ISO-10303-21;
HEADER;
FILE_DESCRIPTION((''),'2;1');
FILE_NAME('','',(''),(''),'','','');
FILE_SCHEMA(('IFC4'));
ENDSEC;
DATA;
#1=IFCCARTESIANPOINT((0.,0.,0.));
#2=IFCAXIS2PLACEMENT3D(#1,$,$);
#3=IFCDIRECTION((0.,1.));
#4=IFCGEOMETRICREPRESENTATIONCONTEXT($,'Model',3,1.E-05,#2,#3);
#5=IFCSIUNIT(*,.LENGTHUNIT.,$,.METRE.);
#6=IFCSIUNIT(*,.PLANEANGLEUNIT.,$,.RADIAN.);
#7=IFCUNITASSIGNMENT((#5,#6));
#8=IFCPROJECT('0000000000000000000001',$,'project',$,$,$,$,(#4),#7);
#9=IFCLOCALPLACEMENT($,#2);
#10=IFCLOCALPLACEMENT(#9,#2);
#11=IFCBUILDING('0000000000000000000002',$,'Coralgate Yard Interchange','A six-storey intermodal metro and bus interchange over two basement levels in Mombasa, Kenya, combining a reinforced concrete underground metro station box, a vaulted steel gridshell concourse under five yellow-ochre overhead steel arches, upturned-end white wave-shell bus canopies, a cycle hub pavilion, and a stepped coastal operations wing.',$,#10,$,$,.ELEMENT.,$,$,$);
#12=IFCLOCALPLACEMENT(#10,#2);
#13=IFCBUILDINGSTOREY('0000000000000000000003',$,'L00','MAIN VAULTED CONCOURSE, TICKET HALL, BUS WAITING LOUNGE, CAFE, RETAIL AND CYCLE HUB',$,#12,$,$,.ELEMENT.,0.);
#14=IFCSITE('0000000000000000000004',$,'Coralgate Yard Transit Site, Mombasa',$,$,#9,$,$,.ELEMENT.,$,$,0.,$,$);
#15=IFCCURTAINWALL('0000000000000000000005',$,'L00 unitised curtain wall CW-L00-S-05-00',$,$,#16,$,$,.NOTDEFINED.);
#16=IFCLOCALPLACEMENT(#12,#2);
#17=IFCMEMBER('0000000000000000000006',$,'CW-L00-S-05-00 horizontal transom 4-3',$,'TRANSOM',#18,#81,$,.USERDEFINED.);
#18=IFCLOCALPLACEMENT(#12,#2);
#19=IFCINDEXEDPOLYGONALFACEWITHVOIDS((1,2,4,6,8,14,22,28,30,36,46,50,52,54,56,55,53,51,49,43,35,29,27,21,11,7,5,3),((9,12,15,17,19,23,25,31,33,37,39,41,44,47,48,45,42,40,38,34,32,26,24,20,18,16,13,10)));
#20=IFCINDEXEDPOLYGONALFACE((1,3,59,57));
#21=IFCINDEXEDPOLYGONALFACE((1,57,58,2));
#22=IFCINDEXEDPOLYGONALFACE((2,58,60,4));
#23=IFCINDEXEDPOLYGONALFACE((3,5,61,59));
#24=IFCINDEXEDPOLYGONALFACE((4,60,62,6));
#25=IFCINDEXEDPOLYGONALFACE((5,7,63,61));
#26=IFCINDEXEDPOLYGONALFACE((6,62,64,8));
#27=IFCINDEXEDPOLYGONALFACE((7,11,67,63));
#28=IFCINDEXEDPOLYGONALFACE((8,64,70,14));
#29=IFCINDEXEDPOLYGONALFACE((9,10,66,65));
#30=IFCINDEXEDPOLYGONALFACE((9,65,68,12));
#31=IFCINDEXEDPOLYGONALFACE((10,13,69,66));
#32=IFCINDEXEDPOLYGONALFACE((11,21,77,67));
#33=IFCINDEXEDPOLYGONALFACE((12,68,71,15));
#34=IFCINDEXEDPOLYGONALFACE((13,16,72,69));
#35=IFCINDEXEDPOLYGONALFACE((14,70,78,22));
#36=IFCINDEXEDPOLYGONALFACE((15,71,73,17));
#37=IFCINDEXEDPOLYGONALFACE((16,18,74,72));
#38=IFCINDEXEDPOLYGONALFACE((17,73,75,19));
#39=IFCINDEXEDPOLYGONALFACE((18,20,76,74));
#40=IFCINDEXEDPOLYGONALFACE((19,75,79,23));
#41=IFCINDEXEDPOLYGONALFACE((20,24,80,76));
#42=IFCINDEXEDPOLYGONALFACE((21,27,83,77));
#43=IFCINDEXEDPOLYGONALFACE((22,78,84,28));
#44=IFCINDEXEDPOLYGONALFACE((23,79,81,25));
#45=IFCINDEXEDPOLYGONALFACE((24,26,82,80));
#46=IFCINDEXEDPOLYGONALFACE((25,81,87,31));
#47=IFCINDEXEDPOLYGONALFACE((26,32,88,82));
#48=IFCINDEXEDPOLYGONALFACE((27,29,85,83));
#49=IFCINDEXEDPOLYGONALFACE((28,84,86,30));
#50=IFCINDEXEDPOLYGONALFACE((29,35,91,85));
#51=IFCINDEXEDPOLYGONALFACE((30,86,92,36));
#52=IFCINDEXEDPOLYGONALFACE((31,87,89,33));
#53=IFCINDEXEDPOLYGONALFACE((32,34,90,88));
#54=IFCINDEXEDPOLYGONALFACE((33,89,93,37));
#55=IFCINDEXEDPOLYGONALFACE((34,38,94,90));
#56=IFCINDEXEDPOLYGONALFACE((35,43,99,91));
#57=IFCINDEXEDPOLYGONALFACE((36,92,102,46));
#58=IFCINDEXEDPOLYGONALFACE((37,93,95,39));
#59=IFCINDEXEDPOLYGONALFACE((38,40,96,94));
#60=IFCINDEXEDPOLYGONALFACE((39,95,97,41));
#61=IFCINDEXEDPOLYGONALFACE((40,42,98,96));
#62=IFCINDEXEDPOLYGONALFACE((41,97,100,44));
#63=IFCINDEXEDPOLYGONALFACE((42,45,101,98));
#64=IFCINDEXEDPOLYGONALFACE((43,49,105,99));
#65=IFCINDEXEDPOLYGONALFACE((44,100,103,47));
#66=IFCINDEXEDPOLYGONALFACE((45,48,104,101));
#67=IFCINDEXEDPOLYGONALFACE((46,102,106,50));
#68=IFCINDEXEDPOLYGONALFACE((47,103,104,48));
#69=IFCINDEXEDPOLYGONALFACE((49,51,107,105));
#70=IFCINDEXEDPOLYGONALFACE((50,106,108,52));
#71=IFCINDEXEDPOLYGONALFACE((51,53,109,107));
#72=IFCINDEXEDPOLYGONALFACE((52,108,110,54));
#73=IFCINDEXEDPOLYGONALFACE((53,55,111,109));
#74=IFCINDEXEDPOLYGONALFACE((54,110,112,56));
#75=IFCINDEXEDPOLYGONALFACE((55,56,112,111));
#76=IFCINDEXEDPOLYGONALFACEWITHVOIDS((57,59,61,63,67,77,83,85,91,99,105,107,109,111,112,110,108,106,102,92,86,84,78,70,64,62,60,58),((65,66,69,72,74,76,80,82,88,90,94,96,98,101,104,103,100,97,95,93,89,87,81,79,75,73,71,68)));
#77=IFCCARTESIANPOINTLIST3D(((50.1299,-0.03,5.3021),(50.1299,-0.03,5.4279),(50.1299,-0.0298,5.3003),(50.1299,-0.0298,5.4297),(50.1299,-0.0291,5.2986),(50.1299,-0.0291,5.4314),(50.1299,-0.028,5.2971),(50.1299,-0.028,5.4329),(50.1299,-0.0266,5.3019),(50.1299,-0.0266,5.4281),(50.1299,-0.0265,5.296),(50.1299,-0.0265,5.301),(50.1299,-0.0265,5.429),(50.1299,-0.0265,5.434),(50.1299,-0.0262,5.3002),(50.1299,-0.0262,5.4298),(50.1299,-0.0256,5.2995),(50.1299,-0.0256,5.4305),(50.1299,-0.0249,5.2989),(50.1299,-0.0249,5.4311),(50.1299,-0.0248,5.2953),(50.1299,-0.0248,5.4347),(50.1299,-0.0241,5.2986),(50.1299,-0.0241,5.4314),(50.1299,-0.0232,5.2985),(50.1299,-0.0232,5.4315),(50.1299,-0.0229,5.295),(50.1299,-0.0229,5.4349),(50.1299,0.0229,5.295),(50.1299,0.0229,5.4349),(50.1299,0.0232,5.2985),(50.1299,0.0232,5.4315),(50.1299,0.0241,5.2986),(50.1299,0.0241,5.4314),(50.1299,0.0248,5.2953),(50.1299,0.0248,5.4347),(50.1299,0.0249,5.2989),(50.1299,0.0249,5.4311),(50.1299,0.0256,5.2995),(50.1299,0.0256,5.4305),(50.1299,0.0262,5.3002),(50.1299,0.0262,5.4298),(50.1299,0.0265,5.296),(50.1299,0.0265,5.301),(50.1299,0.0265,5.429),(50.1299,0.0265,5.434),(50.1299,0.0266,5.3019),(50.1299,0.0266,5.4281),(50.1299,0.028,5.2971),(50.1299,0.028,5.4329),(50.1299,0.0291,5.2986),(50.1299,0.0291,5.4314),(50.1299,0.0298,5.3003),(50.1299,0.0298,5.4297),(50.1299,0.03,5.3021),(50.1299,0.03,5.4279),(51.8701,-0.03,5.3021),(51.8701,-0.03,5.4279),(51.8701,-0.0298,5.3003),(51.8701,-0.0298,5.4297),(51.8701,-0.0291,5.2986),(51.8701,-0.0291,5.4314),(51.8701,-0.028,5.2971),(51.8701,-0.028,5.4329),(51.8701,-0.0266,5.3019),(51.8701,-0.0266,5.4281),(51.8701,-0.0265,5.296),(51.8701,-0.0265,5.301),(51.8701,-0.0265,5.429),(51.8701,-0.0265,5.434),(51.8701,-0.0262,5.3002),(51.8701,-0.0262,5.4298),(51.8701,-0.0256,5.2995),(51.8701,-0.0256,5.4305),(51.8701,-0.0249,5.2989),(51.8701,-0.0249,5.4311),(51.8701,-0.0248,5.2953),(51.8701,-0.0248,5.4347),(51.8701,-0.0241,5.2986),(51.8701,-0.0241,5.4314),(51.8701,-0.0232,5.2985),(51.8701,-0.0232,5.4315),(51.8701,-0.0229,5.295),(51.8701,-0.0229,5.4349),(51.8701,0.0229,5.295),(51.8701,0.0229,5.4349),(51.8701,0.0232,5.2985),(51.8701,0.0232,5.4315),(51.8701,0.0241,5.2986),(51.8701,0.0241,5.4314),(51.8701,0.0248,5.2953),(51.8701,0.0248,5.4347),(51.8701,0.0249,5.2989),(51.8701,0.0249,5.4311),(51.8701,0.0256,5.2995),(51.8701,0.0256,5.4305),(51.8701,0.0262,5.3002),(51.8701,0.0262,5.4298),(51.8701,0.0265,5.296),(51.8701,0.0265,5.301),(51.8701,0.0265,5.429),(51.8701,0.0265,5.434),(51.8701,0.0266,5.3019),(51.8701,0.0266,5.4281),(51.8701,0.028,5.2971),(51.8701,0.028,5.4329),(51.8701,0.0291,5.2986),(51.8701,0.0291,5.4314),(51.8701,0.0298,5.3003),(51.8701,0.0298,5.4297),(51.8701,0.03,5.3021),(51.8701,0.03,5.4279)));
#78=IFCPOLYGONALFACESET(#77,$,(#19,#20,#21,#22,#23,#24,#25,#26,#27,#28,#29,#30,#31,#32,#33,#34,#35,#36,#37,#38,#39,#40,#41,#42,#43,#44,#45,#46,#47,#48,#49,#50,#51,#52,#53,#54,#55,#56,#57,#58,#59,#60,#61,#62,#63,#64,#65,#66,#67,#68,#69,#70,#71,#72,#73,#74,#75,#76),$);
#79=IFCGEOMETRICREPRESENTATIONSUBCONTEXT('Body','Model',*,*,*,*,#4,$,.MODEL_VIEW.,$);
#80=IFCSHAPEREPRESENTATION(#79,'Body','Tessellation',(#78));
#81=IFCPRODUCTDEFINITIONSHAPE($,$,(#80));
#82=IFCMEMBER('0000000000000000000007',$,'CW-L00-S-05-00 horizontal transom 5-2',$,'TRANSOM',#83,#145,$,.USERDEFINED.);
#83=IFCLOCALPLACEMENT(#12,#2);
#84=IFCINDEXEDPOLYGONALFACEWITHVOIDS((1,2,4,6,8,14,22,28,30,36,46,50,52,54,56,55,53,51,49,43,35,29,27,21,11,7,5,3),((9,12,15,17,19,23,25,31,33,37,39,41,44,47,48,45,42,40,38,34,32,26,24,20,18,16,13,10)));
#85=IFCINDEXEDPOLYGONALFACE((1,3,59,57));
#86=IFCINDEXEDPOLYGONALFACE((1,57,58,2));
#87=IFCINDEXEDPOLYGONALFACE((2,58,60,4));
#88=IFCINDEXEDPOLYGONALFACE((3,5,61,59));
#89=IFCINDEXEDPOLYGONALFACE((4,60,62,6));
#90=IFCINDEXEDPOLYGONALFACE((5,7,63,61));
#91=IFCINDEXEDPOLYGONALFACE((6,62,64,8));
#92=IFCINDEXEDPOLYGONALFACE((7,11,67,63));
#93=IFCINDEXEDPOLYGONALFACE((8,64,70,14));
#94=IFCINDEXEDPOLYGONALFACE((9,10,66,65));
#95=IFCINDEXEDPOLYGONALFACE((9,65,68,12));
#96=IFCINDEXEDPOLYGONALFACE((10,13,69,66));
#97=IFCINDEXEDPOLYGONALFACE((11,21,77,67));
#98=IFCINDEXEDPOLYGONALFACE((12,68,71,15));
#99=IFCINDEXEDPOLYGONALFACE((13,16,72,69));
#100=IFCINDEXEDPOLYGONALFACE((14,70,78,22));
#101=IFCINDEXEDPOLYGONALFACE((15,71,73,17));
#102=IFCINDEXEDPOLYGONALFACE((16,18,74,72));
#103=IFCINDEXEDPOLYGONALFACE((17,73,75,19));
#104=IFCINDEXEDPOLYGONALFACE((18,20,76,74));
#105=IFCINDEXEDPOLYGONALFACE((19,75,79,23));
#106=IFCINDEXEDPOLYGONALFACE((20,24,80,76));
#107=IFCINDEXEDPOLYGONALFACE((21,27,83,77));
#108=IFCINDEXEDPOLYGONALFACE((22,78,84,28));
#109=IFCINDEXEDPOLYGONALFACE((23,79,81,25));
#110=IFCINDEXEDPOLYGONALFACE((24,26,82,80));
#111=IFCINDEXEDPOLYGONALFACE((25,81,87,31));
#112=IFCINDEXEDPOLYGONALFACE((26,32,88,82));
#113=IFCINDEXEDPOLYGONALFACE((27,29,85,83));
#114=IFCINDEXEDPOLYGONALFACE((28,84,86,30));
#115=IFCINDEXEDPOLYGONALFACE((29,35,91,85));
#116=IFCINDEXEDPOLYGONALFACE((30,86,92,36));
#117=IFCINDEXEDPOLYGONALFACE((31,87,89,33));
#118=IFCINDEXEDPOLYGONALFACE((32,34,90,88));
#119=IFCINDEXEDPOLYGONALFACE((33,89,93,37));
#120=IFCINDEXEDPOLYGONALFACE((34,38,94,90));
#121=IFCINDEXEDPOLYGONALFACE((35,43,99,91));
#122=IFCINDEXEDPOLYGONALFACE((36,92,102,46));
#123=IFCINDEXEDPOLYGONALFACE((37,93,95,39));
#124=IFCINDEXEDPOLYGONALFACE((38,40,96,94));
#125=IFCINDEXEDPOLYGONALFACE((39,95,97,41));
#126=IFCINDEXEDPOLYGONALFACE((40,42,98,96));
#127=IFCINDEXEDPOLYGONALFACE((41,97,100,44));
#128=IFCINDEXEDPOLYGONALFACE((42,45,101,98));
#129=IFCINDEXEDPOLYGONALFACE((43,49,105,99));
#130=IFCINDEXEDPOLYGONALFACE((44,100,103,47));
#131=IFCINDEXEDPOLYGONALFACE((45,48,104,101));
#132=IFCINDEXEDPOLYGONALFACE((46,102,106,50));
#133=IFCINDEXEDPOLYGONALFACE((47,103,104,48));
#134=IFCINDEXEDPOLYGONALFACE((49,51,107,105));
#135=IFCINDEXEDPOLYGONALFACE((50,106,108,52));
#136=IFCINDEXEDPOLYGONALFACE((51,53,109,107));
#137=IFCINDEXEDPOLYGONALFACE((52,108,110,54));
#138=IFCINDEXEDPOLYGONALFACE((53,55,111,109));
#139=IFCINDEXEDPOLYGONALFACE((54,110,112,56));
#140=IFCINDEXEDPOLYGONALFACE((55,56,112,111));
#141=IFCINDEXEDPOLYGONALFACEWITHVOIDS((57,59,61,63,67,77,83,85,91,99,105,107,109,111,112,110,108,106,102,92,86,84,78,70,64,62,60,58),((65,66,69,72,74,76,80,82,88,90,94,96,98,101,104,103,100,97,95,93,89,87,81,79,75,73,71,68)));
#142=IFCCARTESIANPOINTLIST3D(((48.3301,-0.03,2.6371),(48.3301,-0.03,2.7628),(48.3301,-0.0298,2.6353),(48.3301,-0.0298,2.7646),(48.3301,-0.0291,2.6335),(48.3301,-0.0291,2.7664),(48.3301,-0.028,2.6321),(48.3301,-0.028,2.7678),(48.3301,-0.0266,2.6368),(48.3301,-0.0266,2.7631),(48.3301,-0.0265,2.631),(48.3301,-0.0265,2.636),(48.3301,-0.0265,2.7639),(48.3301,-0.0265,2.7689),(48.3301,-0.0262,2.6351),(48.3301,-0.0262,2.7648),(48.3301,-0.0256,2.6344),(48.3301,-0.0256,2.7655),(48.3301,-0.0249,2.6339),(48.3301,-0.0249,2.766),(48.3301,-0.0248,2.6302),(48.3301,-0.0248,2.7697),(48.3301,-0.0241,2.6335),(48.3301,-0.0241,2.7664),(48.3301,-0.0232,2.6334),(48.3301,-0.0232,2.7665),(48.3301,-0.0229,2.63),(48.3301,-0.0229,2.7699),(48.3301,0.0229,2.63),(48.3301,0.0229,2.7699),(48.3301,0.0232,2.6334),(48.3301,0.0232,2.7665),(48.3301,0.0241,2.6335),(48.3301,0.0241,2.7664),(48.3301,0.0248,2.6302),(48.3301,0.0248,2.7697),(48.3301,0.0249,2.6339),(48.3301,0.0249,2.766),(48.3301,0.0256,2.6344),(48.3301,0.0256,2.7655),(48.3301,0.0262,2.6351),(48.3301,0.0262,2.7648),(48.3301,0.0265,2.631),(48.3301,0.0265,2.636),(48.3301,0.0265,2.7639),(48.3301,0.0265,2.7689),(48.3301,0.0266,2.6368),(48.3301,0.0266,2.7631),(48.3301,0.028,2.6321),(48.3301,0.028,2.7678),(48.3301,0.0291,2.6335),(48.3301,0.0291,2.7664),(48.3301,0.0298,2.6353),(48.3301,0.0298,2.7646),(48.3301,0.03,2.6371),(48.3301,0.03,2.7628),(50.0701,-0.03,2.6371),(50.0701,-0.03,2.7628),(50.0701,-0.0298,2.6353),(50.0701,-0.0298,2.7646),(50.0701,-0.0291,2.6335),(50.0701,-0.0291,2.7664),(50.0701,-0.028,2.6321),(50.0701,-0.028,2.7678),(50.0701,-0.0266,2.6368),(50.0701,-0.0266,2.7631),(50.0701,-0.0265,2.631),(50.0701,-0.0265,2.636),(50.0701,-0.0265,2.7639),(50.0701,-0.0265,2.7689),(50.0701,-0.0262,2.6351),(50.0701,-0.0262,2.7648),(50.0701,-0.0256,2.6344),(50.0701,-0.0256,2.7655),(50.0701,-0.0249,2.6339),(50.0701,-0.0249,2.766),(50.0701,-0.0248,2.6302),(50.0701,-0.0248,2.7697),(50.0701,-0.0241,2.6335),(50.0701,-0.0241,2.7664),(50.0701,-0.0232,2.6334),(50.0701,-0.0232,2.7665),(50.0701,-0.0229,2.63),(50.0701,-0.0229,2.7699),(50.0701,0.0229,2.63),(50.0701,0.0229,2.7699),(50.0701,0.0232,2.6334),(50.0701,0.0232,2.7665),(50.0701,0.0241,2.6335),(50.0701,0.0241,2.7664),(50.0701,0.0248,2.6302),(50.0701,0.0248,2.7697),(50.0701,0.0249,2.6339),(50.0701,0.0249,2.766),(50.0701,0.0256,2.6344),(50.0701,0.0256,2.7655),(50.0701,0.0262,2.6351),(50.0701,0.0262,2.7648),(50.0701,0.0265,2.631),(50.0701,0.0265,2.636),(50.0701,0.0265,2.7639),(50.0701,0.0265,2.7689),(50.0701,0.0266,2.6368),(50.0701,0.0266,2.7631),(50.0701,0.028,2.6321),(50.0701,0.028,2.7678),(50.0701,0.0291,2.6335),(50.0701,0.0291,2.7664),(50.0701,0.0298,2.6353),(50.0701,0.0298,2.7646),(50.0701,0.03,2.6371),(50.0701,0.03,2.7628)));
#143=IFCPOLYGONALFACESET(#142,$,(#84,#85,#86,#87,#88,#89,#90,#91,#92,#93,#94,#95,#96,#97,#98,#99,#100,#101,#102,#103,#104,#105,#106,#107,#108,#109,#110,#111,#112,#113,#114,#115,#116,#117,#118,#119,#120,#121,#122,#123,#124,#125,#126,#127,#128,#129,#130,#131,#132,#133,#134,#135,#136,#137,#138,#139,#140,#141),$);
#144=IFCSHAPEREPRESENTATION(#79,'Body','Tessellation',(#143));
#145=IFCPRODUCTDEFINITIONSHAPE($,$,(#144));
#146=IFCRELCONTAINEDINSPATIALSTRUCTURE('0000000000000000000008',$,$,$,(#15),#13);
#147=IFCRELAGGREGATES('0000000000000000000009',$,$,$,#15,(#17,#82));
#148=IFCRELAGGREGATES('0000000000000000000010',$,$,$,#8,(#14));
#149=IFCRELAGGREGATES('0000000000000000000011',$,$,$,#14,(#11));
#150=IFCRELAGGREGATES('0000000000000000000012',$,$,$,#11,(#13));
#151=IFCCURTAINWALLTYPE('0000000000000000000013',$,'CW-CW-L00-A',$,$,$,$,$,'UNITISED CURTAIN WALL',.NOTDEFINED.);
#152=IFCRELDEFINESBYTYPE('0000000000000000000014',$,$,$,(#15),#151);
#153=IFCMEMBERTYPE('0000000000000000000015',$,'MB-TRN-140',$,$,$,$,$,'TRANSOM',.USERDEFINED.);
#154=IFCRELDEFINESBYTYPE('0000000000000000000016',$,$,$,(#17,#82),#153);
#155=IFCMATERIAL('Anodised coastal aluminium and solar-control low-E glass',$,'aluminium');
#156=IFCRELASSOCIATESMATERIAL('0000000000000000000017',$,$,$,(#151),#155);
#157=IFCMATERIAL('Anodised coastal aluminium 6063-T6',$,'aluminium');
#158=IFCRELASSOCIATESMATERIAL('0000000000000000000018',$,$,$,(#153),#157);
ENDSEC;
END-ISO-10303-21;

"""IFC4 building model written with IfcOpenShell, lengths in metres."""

from ifc_helpers import new_model, si_unit, direction, frame, origin, origin_2d, place, context, subcontext, project, spatial, hollow_rectangle, extrude, material, material_profile, profile_set, type_object, element, aggregate, save


model = new_model("IFC4")

# Units and contexts
model_context = context("Model", 3, precision=1e-05, world=origin(), true_north=direction((0.0, 1.0)))
body_context = subcontext(model_context, "Body", "Model", "MODEL_VIEW")
ifc_project = project(units=[si_unit("LENGTHUNIT", "METRE"), si_unit("PLANEANGLEUNIT", "RADIAN")], contexts=[model_context])

# Site, building, storey
site_placement = place(None, origin())
site = spatial("IfcSite", under=ifc_project, at=site_placement, Name="Coralgate Yard Transit Site, Mombasa", CompositionType="ELEMENT", RefElevation=0.0)
building_placement = place(site_placement, origin())
building = spatial("IfcBuilding", under=site, at=building_placement, Name="Coralgate Yard Interchange", Description="A six-storey intermodal metro and bus interchange over two basement levels in Mombasa, Kenya, combining a reinforced concrete underground metro station box, a vaulted steel gridshell concourse under five yellow-ochre overhead steel arches, upturned-end white wave-shell bus canopies, a cycle hub pavilion, and a stepped coastal operations wing.", CompositionType="ELEMENT")
storey_placement = place(building_placement, origin())
storey = spatial("IfcBuildingStorey", under=building, at=storey_placement, Name="L00", Description="MAIN VAULTED CONCOURSE, TICKET HALL, BUS WAITING LOUNGE, CAFE, RETAIL AND CYCLE HUB", CompositionType="ELEMENT", Elevation=0.0)

# Curtain wall, members
ifc_material_1 = material(Name="Anodised coastal aluminium and solar-control low-E glass", Category="aluminium")
curtain_wall_type = type_object("IfcCurtainWallType", Name="CW-CW-L00-A", ElementType="UNITISED CURTAIN WALL", PredefinedType="NOTDEFINED", material=ifc_material_1)
curtain_wall_placement = place(storey_placement, origin())
curtain_wall = element("IfcCurtainWall", 1, at=curtain_wall_placement, inside=storey, type_object=curtain_wall_type, Name="L00 unitised curtain wall CW-L00-S-05-00", PredefinedType="NOTDEFINED")
ifc_material_2 = material(Name="Anodised coastal aluminium 6063-T6", Category="aluminium")
ifc_material_profile_1 = material_profile(ifc_material_2, hollow_rectangle(XDim=0.0601, YDim=0.1399, WallThickness=0.0034, InnerFilletRadius=0.0034, OuterFilletRadius=0.0071, at=origin_2d()), Name="ALU 60x140x3.5")
ifc_profile_set_1 = profile_set([ifc_material_profile_1], Name="Anodised coastal aluminium 6063-T6")
member_type_1 = type_object("IfcMemberType", Name="MB-TRN-140", ElementType="TRANSOM", PredefinedType="USERDEFINED", material=ifc_profile_set_1)
member_1_placement = place(storey_placement, frame((51.8701, 0.0, 5.365), z_axis=(-1.0, 0.0, 0.0), x_axis=(0.0, -1.0, 0.0)))
member_1 = element("IfcMember", 2, at=member_1_placement, type_object=member_type_1, Name="CW-L00-S-05-00 horizontal transom 4-3", ObjectType="TRANSOM", PredefinedType="USERDEFINED", context=body_context, shape_type="SweptSolid", body=[
    extrude(hollow_rectangle(XDim=0.0601, YDim=0.1399, WallThickness=0.0034, InnerFilletRadius=0.0034, OuterFilletRadius=0.0071, at=origin_2d()), origin(), (0.0, 0.0, 1.0), 1.7402),
])
member_2_placement = place(storey_placement, frame((50.0701, 0.0, 2.7), z_axis=(-1.0, 0.0, 0.0), x_axis=(0.0, -1.0, 0.0)))
member_2 = element("IfcMember", 3, at=member_2_placement, type_object=member_type_1, Name="CW-L00-S-05-00 horizontal transom 5-2", ObjectType="TRANSOM", PredefinedType="USERDEFINED", context=body_context, shape_type="SweptSolid", body=[
    extrude(hollow_rectangle(XDim=0.0601, YDim=0.1399, WallThickness=0.0034, InnerFilletRadius=0.0034, OuterFilletRadius=0.0071, at=origin_2d()), origin(), (0.0, 0.0, 1.0), 1.74),
])
aggregate(curtain_wall, [member_1, member_2])

save(model, "model.ifc")
